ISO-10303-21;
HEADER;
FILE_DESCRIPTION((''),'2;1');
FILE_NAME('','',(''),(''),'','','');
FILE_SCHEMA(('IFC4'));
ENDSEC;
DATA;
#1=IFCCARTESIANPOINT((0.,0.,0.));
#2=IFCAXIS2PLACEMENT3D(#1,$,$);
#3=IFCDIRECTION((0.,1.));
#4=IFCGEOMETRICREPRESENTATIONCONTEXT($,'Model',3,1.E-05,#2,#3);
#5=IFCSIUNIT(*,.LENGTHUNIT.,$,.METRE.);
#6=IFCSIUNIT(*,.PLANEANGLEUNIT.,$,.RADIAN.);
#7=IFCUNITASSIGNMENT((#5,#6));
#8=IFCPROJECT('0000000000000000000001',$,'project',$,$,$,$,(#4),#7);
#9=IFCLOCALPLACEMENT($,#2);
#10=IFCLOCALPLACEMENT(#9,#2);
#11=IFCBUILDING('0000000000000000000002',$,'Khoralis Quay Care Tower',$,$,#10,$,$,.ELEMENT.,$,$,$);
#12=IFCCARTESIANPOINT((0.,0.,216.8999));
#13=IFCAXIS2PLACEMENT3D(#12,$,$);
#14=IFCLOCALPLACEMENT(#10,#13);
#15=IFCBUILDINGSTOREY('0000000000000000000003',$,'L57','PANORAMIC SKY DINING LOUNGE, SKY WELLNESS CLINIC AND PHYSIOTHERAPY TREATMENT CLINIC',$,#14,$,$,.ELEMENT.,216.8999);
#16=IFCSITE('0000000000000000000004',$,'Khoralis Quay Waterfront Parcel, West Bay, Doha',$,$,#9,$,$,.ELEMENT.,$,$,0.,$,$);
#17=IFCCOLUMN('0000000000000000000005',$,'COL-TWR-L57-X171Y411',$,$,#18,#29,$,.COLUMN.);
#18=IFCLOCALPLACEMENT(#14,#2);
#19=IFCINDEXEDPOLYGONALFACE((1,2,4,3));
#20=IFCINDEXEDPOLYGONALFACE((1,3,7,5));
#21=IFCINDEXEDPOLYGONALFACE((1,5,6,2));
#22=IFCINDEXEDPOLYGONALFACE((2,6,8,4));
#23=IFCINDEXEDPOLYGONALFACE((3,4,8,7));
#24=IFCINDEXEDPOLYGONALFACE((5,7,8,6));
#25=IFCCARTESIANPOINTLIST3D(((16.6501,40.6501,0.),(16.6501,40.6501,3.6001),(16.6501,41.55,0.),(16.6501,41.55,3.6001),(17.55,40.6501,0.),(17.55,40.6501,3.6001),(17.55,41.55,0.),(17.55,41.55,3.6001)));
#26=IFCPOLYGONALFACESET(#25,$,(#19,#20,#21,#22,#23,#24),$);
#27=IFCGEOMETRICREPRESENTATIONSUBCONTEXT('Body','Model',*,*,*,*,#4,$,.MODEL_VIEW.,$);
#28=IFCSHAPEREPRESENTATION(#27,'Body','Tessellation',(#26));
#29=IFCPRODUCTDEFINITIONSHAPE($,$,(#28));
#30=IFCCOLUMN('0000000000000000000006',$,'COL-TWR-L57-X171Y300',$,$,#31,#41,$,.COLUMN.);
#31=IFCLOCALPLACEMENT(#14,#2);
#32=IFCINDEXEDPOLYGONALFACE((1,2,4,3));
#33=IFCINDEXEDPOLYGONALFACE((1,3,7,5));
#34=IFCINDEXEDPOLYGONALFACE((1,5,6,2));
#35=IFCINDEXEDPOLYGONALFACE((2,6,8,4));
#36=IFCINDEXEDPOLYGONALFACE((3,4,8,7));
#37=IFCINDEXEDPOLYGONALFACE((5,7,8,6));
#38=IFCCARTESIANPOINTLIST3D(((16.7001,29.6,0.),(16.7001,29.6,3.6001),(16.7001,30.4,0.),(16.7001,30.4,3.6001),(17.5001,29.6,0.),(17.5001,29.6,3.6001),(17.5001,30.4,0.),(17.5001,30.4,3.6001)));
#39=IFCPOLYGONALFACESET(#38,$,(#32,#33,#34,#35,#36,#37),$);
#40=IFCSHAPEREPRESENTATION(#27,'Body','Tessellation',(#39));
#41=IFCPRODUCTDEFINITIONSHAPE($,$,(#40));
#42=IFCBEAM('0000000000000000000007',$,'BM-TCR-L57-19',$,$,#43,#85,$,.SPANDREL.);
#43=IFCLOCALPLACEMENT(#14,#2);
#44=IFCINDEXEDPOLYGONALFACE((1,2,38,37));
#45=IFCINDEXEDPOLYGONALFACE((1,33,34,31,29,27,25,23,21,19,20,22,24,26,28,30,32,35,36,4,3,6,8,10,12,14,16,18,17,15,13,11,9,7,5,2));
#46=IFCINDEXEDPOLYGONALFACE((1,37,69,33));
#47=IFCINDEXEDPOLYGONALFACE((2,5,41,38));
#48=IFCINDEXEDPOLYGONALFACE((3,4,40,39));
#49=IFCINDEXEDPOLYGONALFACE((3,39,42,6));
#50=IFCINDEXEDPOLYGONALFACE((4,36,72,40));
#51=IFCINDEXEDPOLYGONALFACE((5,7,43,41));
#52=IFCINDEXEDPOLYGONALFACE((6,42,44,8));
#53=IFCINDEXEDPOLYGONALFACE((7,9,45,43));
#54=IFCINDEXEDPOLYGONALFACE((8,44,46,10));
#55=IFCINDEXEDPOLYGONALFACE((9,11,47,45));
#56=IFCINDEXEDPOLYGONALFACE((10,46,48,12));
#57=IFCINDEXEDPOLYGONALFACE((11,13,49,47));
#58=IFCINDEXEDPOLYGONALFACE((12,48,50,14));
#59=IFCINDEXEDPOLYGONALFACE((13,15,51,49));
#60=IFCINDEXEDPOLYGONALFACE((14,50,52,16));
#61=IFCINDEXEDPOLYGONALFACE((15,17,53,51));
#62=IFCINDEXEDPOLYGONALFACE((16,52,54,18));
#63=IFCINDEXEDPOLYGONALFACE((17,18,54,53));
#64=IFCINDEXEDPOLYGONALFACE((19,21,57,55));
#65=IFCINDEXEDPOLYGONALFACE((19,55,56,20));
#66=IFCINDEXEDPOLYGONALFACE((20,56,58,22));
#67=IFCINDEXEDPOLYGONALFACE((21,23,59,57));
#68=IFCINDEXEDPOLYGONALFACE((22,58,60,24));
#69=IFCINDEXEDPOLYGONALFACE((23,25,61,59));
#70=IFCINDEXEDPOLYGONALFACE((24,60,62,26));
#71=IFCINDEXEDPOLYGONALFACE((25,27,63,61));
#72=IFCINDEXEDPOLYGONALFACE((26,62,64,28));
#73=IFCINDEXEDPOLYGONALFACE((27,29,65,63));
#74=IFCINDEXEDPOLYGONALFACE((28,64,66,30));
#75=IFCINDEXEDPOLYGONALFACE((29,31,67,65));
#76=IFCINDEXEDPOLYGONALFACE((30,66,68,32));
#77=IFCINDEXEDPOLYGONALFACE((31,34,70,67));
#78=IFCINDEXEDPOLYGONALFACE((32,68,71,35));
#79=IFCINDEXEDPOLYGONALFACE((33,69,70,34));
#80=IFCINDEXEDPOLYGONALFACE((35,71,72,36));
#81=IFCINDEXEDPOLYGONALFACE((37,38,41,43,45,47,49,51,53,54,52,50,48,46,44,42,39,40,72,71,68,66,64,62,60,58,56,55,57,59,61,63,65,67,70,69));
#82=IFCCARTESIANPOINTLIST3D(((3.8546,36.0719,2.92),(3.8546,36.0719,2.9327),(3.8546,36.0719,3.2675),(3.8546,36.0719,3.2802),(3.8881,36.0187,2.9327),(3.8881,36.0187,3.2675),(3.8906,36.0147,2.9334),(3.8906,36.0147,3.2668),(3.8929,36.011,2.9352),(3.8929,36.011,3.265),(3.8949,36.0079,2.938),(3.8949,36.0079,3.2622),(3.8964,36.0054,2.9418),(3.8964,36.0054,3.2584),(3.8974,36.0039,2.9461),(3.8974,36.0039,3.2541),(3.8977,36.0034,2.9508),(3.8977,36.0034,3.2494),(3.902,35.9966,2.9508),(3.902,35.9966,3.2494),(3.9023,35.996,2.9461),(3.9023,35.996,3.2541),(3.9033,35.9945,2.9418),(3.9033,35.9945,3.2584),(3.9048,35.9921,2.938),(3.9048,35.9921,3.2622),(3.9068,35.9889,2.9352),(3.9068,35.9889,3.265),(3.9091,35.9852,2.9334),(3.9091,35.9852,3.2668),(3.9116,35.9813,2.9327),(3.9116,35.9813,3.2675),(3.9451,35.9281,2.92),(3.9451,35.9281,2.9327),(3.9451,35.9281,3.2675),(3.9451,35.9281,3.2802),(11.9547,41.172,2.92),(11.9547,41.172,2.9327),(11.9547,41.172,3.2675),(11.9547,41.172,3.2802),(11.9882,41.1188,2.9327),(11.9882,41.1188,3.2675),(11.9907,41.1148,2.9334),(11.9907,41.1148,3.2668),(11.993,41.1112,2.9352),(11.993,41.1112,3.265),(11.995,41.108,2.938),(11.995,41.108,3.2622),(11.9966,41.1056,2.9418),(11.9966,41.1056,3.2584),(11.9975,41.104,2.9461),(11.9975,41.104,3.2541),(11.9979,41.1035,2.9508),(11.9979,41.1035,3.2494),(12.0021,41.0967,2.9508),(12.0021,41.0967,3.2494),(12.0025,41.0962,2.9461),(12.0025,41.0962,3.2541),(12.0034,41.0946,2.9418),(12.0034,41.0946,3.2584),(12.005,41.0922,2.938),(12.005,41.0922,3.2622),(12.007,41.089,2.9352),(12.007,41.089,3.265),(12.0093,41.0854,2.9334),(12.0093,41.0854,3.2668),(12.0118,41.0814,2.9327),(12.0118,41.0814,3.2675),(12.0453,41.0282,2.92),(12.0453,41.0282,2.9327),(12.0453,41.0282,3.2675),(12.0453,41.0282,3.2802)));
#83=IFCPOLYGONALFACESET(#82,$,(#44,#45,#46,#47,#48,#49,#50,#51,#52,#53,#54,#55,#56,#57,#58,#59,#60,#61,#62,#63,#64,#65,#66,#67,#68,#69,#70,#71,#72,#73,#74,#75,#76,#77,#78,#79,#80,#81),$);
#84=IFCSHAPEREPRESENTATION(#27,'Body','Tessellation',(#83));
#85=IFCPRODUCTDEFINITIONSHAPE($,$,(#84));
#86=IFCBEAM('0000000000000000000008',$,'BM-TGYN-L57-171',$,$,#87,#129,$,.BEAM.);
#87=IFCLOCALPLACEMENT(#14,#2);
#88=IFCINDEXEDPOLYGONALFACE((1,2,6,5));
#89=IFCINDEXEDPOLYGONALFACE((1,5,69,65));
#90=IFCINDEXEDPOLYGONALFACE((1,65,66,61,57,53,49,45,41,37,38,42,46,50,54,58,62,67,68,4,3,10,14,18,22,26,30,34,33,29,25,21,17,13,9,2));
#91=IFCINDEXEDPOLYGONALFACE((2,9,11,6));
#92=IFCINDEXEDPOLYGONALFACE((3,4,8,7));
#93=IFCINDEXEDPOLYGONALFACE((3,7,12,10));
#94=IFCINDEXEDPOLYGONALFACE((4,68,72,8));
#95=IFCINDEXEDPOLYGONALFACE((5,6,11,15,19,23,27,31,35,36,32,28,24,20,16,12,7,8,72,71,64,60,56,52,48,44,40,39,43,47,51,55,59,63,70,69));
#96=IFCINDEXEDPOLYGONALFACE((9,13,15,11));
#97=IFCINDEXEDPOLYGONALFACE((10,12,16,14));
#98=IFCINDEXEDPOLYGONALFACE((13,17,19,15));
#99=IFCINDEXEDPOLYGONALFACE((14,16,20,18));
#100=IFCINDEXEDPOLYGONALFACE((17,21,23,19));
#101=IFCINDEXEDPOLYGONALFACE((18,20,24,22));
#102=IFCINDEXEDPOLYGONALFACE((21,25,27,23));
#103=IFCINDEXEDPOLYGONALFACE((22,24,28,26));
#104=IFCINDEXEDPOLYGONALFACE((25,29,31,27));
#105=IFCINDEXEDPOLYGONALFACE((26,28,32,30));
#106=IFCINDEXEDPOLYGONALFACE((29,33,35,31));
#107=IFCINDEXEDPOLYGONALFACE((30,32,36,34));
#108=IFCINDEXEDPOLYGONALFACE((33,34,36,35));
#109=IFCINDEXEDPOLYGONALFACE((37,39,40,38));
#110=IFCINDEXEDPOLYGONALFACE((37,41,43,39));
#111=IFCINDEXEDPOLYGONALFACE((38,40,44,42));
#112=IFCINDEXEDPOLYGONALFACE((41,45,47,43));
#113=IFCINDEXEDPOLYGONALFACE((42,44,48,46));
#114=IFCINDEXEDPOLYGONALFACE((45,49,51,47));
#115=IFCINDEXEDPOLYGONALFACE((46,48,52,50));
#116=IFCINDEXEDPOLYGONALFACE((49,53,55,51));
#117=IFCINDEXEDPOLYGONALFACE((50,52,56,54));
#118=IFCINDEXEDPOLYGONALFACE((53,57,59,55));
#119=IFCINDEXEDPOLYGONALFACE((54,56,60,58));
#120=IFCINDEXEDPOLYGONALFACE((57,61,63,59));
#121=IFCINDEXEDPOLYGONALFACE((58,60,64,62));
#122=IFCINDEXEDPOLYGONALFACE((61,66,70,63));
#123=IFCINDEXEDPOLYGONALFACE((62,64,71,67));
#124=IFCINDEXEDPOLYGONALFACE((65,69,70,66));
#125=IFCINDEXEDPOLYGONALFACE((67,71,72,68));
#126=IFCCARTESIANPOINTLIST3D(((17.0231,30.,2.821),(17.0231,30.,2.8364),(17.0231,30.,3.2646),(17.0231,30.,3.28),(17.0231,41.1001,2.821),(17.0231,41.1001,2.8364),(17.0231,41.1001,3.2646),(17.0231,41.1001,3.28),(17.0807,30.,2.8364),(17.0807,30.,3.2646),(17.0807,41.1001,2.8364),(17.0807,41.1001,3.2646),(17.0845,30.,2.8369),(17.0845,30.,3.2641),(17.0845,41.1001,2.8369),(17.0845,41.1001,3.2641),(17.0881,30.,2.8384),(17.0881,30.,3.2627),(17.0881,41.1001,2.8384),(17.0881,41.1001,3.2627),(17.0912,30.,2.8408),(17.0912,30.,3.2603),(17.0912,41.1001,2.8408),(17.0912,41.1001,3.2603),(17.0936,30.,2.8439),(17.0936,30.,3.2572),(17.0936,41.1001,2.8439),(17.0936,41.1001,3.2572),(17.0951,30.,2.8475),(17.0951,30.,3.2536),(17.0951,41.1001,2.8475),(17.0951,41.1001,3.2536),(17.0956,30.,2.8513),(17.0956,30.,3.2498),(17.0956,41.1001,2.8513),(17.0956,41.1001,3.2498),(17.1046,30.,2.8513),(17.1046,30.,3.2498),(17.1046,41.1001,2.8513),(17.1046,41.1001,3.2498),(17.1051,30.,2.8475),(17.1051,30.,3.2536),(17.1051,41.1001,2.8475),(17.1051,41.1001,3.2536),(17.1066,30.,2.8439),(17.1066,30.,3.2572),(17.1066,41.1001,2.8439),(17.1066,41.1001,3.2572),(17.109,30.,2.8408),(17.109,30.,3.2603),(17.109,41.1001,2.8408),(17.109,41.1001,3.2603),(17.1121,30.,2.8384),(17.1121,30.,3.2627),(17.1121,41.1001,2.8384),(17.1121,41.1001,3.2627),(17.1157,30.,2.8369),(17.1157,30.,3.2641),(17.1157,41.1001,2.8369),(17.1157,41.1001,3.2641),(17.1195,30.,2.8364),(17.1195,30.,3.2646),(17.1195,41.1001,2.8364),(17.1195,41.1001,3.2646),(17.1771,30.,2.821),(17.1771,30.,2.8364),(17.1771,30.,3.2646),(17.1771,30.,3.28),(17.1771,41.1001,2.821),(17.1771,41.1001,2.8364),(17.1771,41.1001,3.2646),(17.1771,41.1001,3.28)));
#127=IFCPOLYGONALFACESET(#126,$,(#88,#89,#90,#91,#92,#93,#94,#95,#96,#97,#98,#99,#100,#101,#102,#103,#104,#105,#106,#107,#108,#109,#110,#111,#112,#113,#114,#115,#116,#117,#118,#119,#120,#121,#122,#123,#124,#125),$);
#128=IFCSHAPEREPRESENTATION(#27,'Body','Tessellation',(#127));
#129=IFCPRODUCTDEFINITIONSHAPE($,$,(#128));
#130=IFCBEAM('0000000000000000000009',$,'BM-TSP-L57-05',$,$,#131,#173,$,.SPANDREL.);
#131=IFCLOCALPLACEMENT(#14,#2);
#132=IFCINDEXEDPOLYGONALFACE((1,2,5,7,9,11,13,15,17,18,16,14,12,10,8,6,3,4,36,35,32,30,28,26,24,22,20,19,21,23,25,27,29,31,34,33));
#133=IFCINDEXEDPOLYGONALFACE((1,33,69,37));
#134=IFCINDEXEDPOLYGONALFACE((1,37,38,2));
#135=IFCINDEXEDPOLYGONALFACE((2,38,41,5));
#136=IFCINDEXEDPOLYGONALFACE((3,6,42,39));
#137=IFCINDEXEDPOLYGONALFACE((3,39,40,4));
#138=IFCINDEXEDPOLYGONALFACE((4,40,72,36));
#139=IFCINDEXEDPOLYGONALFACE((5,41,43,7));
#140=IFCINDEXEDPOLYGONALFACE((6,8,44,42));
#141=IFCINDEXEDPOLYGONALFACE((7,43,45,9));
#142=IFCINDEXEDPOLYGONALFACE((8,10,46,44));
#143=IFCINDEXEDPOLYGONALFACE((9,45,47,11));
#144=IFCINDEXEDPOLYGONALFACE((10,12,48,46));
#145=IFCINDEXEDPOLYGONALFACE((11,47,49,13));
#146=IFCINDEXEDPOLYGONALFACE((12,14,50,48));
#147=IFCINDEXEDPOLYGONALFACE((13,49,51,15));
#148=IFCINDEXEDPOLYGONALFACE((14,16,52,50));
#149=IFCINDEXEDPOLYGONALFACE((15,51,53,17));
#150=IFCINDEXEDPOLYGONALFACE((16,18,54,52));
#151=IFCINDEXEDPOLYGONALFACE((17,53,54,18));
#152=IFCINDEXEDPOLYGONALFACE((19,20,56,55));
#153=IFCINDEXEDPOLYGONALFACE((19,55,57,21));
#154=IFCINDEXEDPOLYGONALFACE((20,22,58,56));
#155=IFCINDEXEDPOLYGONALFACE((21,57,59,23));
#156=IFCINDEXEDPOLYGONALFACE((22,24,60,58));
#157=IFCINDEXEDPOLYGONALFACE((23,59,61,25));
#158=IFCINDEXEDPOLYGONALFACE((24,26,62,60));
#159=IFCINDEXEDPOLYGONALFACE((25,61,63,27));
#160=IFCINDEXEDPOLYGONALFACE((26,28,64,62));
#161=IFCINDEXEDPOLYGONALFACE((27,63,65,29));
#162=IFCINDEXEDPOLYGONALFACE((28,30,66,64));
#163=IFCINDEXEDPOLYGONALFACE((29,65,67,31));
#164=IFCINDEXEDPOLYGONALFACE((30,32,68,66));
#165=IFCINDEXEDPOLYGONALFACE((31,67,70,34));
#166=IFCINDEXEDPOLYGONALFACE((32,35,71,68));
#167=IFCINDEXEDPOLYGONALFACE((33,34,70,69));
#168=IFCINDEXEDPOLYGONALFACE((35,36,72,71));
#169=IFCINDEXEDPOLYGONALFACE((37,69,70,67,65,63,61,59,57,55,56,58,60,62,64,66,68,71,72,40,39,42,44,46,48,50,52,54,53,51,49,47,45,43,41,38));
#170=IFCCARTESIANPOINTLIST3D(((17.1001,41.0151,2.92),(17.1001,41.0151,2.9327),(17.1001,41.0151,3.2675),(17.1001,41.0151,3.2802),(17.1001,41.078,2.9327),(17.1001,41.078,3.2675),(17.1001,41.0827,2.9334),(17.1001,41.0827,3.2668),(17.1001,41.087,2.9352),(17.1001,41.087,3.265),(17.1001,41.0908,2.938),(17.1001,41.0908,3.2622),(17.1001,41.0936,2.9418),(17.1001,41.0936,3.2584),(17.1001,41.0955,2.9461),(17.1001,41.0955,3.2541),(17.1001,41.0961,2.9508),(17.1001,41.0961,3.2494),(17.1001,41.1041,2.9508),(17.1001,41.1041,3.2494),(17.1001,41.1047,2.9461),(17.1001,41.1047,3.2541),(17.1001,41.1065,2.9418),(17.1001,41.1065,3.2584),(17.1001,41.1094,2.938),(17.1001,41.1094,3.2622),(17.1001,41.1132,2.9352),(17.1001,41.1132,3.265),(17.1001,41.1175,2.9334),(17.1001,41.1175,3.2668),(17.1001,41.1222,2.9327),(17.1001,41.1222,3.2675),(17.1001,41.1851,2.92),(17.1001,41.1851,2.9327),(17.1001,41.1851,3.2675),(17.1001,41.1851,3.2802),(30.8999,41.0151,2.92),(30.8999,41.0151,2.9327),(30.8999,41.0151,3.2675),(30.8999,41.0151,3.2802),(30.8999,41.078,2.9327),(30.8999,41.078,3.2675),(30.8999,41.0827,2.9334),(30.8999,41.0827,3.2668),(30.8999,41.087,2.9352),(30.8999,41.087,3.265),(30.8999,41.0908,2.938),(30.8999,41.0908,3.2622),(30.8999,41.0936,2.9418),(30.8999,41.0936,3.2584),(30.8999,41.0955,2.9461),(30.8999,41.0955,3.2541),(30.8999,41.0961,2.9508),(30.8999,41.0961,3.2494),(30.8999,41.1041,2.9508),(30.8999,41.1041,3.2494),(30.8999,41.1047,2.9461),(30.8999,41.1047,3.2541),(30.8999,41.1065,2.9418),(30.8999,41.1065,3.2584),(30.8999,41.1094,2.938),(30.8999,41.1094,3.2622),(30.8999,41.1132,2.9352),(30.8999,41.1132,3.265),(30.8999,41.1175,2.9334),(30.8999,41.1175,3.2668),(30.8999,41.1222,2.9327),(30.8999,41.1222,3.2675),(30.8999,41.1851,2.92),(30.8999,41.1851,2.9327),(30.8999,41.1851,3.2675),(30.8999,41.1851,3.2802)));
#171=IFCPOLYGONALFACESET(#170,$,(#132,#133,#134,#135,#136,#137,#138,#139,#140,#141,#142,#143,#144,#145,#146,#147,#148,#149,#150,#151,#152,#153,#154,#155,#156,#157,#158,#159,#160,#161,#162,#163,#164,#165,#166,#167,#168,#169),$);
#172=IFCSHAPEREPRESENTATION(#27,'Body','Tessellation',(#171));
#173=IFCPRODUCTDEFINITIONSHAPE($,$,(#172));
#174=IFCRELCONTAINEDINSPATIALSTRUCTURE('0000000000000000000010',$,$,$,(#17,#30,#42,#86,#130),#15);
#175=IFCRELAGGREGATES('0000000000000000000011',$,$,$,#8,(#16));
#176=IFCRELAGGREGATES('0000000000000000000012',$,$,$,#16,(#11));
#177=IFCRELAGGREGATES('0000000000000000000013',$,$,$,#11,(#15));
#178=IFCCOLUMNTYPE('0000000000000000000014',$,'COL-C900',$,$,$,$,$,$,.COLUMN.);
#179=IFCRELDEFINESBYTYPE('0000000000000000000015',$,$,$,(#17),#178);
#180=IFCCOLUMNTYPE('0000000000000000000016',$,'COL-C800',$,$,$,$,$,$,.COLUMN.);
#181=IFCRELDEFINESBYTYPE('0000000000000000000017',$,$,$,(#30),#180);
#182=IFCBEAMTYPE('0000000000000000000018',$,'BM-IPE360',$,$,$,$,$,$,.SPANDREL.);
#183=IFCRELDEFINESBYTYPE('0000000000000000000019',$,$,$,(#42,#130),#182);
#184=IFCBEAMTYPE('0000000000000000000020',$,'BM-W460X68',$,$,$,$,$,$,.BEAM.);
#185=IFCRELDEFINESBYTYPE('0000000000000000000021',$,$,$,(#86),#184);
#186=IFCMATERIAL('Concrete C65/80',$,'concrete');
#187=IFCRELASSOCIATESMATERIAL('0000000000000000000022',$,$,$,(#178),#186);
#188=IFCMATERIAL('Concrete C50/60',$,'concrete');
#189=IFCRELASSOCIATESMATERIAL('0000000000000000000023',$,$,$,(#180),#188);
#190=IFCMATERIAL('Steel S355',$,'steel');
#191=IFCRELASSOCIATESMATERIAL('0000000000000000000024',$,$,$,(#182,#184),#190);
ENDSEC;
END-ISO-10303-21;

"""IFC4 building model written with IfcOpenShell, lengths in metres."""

from ifc_helpers import new_model, si_unit, direction, frame, origin, origin_2d, place, context, subcontext, project, spatial, rectangle, i_section, extrude, source, transform, mapped, material, material_profile, profile_set, type_object, element, save


model = new_model("IFC4")

# Units and contexts
model_context = context("Model", 3, precision=1e-05, world=origin(), true_north=direction((0.0, 1.0)))
body_context = subcontext(model_context, "Body", "Model", "MODEL_VIEW")
ifc_project = project(units=[si_unit("LENGTHUNIT", "METRE"), si_unit("PLANEANGLEUNIT", "RADIAN")], contexts=[model_context])

# Site, building, storey
site_placement = place(None, origin())
site = spatial("IfcSite", under=ifc_project, at=site_placement, Name="Khoralis Quay Waterfront Parcel, West Bay, Doha", CompositionType="ELEMENT", RefElevation=0.0)
building_placement = place(site_placement, origin())
building = spatial("IfcBuilding", under=site, at=building_placement, Name="Khoralis Quay Care Tower", CompositionType="ELEMENT")
storey_placement = place(building_placement, frame((0.0, 0.0, 216.8999)))
storey = spatial("IfcBuildingStorey", under=building, at=storey_placement, Name="L57", Description="PANORAMIC SKY DINING LOUNGE, SKY WELLNESS CLINIC AND PHYSIOTHERAPY TREATMENT CLINIC", CompositionType="ELEMENT", Elevation=216.8999)

# Columns
ifc_material_1 = material(Name="Concrete C65/80", Category="concrete")
ifc_material_profile_1 = material_profile(ifc_material_1, rectangle(XDim=0.8999, YDim=0.8999, at=origin_2d()), Name="Concrete C65/80")
ifc_profile_set_1 = profile_set([ifc_material_profile_1], Name="Concrete C65/80")
column_type_1 = type_object("IfcColumnType", Name="COL-C900", PredefinedType="COLUMN", material=ifc_profile_set_1)
shared_shape_1 = source(origin(), body_context, "Body", "SweptSolid", [
    extrude(rectangle(XDim=0.8999, YDim=0.8999, at=origin_2d()), origin(), (0.0, 0.0, 1.0), 3.6001),
])
column_1_placement = place(storey_placement, frame((17.1001, 41.1001, 0.0), z_axis=(0.0, 0.0, 1.0), x_axis=(1.0, 0.0, 0.0)))
element("IfcColumn", 1, at=column_1_placement, inside=storey, type_object=column_type_1, Name="COL-TWR-L57-X171Y411", PredefinedType="COLUMN", context=body_context, shape_type="MappedRepresentation", body=[
    mapped(shared_shape_1, transform((0.0, 0.0, 0.0), scale=1.0)),
])
ifc_material_2 = material(Name="Concrete C50/60", Category="concrete")
ifc_material_profile_2 = material_profile(ifc_material_2, rectangle(XDim=0.8, YDim=0.8, at=origin_2d()), Name="Concrete C50/60")
ifc_profile_set_2 = profile_set([ifc_material_profile_2], Name="Concrete C50/60")
column_type_2 = type_object("IfcColumnType", Name="COL-C800", PredefinedType="COLUMN", material=ifc_profile_set_2)
shared_shape_2 = source(origin(), body_context, "Body", "SweptSolid", [
    extrude(rectangle(XDim=0.8, YDim=0.8, at=origin_2d()), origin(), (0.0, 0.0, 1.0), 3.6001),
])
column_2_placement = place(storey_placement, frame((17.1001, 30.0, 0.0), z_axis=(0.0, 0.0, 1.0), x_axis=(1.0, 0.0, 0.0)))
element("IfcColumn", 2, at=column_2_placement, inside=storey, type_object=column_type_2, Name="COL-TWR-L57-X171Y300", PredefinedType="COLUMN", context=body_context, shape_type="MappedRepresentation", body=[
    mapped(shared_shape_2, transform((0.0, 0.0, 0.0), scale=1.0)),
])

# Beams
ifc_material_3 = material(Name="Steel S355", Category="steel")
ifc_material_profile_3 = material_profile(ifc_material_3, i_section(OverallWidth=0.1699, OverallDepth=0.3601, WebThickness=0.0081, FlangeThickness=0.0127, FilletRadius=0.0181, at=origin_2d()), Name="Steel S355")
ifc_profile_set_3 = profile_set([ifc_material_profile_3], Name="Steel S355")
beam_type_1 = type_object("IfcBeamType", Name="BM-IPE360", PredefinedType="SPANDREL", material=ifc_profile_set_3)
shared_shape_3 = source(origin(), body_context, "Body", "SweptSolid", [
    extrude(i_section(OverallWidth=0.1699, OverallDepth=0.3601, WebThickness=0.0081, FlangeThickness=0.0127, FilletRadius=0.0181, at=origin_2d()), origin(), (0.0, 0.0, 1.0), 9.572),
])
beam_1_placement = place(storey_placement, frame((12.0, 41.1001, 3.1001), z_axis=(-0.846231, -0.532816, 0.0), x_axis=(0.532816, -0.846231, 0.0)))
element("IfcBeam", 3, at=beam_1_placement, inside=storey, type_object=beam_type_1, Name="BM-TCR-L57-19", PredefinedType="SPANDREL", context=body_context, shape_type="MappedRepresentation", body=[
    mapped(shared_shape_3, transform((0.0, 0.0, 0.0), scale=1.0)),
])
ifc_material_profile_4 = material_profile(ifc_material_3, i_section(OverallWidth=0.1541, OverallDepth=0.459, WebThickness=0.009, FlangeThickness=0.0154, FilletRadius=0.0149, at=origin_2d()), Name="Steel S355")
ifc_profile_set_4 = profile_set([ifc_material_profile_4], Name="Steel S355")
beam_type_2 = type_object("IfcBeamType", Name="BM-W460X68", PredefinedType="BEAM", material=ifc_profile_set_4)
shared_shape_4 = source(origin(), body_context, "Body", "SweptSolid", [
    extrude(i_section(OverallWidth=0.1541, OverallDepth=0.459, WebThickness=0.009, FlangeThickness=0.0154, FilletRadius=0.0149, at=origin_2d()), origin(), (0.0, 0.0, 1.0), 11.1001),
])
beam_2_placement = place(storey_placement, frame((17.1001, 30.0, 3.0505), z_axis=(0.0, 1.0, 0.0), x_axis=(-1.0, 0.0, 0.0)))
element("IfcBeam", 4, at=beam_2_placement, inside=storey, type_object=beam_type_2, Name="BM-TGYN-L57-171", PredefinedType="BEAM", context=body_context, shape_type="MappedRepresentation", body=[
    mapped(shared_shape_4, transform((0.0, 0.0, 0.0), scale=1.0)),
])
shared_shape_5 = source(origin(), body_context, "Body", "SweptSolid", [
    extrude(i_section(OverallWidth=0.1699, OverallDepth=0.3601, WebThickness=0.0081, FlangeThickness=0.0127, FilletRadius=0.0181, at=origin_2d()), origin(), (0.0, 0.0, 1.0), 13.7998),
])
beam_3_placement = place(storey_placement, frame((17.1001, 41.1001, 3.1001), z_axis=(1.0, 0.0, 0.0), x_axis=(0.0, 1.0, 0.0)))
element("IfcBeam", 5, at=beam_3_placement, inside=storey, type_object=beam_type_1, Name="BM-TSP-L57-05", PredefinedType="SPANDREL", context=body_context, shape_type="MappedRepresentation", body=[
    mapped(shared_shape_5, transform((0.0, 0.0, 0.0), scale=1.0)),
])

save(model, "model.ifc")
